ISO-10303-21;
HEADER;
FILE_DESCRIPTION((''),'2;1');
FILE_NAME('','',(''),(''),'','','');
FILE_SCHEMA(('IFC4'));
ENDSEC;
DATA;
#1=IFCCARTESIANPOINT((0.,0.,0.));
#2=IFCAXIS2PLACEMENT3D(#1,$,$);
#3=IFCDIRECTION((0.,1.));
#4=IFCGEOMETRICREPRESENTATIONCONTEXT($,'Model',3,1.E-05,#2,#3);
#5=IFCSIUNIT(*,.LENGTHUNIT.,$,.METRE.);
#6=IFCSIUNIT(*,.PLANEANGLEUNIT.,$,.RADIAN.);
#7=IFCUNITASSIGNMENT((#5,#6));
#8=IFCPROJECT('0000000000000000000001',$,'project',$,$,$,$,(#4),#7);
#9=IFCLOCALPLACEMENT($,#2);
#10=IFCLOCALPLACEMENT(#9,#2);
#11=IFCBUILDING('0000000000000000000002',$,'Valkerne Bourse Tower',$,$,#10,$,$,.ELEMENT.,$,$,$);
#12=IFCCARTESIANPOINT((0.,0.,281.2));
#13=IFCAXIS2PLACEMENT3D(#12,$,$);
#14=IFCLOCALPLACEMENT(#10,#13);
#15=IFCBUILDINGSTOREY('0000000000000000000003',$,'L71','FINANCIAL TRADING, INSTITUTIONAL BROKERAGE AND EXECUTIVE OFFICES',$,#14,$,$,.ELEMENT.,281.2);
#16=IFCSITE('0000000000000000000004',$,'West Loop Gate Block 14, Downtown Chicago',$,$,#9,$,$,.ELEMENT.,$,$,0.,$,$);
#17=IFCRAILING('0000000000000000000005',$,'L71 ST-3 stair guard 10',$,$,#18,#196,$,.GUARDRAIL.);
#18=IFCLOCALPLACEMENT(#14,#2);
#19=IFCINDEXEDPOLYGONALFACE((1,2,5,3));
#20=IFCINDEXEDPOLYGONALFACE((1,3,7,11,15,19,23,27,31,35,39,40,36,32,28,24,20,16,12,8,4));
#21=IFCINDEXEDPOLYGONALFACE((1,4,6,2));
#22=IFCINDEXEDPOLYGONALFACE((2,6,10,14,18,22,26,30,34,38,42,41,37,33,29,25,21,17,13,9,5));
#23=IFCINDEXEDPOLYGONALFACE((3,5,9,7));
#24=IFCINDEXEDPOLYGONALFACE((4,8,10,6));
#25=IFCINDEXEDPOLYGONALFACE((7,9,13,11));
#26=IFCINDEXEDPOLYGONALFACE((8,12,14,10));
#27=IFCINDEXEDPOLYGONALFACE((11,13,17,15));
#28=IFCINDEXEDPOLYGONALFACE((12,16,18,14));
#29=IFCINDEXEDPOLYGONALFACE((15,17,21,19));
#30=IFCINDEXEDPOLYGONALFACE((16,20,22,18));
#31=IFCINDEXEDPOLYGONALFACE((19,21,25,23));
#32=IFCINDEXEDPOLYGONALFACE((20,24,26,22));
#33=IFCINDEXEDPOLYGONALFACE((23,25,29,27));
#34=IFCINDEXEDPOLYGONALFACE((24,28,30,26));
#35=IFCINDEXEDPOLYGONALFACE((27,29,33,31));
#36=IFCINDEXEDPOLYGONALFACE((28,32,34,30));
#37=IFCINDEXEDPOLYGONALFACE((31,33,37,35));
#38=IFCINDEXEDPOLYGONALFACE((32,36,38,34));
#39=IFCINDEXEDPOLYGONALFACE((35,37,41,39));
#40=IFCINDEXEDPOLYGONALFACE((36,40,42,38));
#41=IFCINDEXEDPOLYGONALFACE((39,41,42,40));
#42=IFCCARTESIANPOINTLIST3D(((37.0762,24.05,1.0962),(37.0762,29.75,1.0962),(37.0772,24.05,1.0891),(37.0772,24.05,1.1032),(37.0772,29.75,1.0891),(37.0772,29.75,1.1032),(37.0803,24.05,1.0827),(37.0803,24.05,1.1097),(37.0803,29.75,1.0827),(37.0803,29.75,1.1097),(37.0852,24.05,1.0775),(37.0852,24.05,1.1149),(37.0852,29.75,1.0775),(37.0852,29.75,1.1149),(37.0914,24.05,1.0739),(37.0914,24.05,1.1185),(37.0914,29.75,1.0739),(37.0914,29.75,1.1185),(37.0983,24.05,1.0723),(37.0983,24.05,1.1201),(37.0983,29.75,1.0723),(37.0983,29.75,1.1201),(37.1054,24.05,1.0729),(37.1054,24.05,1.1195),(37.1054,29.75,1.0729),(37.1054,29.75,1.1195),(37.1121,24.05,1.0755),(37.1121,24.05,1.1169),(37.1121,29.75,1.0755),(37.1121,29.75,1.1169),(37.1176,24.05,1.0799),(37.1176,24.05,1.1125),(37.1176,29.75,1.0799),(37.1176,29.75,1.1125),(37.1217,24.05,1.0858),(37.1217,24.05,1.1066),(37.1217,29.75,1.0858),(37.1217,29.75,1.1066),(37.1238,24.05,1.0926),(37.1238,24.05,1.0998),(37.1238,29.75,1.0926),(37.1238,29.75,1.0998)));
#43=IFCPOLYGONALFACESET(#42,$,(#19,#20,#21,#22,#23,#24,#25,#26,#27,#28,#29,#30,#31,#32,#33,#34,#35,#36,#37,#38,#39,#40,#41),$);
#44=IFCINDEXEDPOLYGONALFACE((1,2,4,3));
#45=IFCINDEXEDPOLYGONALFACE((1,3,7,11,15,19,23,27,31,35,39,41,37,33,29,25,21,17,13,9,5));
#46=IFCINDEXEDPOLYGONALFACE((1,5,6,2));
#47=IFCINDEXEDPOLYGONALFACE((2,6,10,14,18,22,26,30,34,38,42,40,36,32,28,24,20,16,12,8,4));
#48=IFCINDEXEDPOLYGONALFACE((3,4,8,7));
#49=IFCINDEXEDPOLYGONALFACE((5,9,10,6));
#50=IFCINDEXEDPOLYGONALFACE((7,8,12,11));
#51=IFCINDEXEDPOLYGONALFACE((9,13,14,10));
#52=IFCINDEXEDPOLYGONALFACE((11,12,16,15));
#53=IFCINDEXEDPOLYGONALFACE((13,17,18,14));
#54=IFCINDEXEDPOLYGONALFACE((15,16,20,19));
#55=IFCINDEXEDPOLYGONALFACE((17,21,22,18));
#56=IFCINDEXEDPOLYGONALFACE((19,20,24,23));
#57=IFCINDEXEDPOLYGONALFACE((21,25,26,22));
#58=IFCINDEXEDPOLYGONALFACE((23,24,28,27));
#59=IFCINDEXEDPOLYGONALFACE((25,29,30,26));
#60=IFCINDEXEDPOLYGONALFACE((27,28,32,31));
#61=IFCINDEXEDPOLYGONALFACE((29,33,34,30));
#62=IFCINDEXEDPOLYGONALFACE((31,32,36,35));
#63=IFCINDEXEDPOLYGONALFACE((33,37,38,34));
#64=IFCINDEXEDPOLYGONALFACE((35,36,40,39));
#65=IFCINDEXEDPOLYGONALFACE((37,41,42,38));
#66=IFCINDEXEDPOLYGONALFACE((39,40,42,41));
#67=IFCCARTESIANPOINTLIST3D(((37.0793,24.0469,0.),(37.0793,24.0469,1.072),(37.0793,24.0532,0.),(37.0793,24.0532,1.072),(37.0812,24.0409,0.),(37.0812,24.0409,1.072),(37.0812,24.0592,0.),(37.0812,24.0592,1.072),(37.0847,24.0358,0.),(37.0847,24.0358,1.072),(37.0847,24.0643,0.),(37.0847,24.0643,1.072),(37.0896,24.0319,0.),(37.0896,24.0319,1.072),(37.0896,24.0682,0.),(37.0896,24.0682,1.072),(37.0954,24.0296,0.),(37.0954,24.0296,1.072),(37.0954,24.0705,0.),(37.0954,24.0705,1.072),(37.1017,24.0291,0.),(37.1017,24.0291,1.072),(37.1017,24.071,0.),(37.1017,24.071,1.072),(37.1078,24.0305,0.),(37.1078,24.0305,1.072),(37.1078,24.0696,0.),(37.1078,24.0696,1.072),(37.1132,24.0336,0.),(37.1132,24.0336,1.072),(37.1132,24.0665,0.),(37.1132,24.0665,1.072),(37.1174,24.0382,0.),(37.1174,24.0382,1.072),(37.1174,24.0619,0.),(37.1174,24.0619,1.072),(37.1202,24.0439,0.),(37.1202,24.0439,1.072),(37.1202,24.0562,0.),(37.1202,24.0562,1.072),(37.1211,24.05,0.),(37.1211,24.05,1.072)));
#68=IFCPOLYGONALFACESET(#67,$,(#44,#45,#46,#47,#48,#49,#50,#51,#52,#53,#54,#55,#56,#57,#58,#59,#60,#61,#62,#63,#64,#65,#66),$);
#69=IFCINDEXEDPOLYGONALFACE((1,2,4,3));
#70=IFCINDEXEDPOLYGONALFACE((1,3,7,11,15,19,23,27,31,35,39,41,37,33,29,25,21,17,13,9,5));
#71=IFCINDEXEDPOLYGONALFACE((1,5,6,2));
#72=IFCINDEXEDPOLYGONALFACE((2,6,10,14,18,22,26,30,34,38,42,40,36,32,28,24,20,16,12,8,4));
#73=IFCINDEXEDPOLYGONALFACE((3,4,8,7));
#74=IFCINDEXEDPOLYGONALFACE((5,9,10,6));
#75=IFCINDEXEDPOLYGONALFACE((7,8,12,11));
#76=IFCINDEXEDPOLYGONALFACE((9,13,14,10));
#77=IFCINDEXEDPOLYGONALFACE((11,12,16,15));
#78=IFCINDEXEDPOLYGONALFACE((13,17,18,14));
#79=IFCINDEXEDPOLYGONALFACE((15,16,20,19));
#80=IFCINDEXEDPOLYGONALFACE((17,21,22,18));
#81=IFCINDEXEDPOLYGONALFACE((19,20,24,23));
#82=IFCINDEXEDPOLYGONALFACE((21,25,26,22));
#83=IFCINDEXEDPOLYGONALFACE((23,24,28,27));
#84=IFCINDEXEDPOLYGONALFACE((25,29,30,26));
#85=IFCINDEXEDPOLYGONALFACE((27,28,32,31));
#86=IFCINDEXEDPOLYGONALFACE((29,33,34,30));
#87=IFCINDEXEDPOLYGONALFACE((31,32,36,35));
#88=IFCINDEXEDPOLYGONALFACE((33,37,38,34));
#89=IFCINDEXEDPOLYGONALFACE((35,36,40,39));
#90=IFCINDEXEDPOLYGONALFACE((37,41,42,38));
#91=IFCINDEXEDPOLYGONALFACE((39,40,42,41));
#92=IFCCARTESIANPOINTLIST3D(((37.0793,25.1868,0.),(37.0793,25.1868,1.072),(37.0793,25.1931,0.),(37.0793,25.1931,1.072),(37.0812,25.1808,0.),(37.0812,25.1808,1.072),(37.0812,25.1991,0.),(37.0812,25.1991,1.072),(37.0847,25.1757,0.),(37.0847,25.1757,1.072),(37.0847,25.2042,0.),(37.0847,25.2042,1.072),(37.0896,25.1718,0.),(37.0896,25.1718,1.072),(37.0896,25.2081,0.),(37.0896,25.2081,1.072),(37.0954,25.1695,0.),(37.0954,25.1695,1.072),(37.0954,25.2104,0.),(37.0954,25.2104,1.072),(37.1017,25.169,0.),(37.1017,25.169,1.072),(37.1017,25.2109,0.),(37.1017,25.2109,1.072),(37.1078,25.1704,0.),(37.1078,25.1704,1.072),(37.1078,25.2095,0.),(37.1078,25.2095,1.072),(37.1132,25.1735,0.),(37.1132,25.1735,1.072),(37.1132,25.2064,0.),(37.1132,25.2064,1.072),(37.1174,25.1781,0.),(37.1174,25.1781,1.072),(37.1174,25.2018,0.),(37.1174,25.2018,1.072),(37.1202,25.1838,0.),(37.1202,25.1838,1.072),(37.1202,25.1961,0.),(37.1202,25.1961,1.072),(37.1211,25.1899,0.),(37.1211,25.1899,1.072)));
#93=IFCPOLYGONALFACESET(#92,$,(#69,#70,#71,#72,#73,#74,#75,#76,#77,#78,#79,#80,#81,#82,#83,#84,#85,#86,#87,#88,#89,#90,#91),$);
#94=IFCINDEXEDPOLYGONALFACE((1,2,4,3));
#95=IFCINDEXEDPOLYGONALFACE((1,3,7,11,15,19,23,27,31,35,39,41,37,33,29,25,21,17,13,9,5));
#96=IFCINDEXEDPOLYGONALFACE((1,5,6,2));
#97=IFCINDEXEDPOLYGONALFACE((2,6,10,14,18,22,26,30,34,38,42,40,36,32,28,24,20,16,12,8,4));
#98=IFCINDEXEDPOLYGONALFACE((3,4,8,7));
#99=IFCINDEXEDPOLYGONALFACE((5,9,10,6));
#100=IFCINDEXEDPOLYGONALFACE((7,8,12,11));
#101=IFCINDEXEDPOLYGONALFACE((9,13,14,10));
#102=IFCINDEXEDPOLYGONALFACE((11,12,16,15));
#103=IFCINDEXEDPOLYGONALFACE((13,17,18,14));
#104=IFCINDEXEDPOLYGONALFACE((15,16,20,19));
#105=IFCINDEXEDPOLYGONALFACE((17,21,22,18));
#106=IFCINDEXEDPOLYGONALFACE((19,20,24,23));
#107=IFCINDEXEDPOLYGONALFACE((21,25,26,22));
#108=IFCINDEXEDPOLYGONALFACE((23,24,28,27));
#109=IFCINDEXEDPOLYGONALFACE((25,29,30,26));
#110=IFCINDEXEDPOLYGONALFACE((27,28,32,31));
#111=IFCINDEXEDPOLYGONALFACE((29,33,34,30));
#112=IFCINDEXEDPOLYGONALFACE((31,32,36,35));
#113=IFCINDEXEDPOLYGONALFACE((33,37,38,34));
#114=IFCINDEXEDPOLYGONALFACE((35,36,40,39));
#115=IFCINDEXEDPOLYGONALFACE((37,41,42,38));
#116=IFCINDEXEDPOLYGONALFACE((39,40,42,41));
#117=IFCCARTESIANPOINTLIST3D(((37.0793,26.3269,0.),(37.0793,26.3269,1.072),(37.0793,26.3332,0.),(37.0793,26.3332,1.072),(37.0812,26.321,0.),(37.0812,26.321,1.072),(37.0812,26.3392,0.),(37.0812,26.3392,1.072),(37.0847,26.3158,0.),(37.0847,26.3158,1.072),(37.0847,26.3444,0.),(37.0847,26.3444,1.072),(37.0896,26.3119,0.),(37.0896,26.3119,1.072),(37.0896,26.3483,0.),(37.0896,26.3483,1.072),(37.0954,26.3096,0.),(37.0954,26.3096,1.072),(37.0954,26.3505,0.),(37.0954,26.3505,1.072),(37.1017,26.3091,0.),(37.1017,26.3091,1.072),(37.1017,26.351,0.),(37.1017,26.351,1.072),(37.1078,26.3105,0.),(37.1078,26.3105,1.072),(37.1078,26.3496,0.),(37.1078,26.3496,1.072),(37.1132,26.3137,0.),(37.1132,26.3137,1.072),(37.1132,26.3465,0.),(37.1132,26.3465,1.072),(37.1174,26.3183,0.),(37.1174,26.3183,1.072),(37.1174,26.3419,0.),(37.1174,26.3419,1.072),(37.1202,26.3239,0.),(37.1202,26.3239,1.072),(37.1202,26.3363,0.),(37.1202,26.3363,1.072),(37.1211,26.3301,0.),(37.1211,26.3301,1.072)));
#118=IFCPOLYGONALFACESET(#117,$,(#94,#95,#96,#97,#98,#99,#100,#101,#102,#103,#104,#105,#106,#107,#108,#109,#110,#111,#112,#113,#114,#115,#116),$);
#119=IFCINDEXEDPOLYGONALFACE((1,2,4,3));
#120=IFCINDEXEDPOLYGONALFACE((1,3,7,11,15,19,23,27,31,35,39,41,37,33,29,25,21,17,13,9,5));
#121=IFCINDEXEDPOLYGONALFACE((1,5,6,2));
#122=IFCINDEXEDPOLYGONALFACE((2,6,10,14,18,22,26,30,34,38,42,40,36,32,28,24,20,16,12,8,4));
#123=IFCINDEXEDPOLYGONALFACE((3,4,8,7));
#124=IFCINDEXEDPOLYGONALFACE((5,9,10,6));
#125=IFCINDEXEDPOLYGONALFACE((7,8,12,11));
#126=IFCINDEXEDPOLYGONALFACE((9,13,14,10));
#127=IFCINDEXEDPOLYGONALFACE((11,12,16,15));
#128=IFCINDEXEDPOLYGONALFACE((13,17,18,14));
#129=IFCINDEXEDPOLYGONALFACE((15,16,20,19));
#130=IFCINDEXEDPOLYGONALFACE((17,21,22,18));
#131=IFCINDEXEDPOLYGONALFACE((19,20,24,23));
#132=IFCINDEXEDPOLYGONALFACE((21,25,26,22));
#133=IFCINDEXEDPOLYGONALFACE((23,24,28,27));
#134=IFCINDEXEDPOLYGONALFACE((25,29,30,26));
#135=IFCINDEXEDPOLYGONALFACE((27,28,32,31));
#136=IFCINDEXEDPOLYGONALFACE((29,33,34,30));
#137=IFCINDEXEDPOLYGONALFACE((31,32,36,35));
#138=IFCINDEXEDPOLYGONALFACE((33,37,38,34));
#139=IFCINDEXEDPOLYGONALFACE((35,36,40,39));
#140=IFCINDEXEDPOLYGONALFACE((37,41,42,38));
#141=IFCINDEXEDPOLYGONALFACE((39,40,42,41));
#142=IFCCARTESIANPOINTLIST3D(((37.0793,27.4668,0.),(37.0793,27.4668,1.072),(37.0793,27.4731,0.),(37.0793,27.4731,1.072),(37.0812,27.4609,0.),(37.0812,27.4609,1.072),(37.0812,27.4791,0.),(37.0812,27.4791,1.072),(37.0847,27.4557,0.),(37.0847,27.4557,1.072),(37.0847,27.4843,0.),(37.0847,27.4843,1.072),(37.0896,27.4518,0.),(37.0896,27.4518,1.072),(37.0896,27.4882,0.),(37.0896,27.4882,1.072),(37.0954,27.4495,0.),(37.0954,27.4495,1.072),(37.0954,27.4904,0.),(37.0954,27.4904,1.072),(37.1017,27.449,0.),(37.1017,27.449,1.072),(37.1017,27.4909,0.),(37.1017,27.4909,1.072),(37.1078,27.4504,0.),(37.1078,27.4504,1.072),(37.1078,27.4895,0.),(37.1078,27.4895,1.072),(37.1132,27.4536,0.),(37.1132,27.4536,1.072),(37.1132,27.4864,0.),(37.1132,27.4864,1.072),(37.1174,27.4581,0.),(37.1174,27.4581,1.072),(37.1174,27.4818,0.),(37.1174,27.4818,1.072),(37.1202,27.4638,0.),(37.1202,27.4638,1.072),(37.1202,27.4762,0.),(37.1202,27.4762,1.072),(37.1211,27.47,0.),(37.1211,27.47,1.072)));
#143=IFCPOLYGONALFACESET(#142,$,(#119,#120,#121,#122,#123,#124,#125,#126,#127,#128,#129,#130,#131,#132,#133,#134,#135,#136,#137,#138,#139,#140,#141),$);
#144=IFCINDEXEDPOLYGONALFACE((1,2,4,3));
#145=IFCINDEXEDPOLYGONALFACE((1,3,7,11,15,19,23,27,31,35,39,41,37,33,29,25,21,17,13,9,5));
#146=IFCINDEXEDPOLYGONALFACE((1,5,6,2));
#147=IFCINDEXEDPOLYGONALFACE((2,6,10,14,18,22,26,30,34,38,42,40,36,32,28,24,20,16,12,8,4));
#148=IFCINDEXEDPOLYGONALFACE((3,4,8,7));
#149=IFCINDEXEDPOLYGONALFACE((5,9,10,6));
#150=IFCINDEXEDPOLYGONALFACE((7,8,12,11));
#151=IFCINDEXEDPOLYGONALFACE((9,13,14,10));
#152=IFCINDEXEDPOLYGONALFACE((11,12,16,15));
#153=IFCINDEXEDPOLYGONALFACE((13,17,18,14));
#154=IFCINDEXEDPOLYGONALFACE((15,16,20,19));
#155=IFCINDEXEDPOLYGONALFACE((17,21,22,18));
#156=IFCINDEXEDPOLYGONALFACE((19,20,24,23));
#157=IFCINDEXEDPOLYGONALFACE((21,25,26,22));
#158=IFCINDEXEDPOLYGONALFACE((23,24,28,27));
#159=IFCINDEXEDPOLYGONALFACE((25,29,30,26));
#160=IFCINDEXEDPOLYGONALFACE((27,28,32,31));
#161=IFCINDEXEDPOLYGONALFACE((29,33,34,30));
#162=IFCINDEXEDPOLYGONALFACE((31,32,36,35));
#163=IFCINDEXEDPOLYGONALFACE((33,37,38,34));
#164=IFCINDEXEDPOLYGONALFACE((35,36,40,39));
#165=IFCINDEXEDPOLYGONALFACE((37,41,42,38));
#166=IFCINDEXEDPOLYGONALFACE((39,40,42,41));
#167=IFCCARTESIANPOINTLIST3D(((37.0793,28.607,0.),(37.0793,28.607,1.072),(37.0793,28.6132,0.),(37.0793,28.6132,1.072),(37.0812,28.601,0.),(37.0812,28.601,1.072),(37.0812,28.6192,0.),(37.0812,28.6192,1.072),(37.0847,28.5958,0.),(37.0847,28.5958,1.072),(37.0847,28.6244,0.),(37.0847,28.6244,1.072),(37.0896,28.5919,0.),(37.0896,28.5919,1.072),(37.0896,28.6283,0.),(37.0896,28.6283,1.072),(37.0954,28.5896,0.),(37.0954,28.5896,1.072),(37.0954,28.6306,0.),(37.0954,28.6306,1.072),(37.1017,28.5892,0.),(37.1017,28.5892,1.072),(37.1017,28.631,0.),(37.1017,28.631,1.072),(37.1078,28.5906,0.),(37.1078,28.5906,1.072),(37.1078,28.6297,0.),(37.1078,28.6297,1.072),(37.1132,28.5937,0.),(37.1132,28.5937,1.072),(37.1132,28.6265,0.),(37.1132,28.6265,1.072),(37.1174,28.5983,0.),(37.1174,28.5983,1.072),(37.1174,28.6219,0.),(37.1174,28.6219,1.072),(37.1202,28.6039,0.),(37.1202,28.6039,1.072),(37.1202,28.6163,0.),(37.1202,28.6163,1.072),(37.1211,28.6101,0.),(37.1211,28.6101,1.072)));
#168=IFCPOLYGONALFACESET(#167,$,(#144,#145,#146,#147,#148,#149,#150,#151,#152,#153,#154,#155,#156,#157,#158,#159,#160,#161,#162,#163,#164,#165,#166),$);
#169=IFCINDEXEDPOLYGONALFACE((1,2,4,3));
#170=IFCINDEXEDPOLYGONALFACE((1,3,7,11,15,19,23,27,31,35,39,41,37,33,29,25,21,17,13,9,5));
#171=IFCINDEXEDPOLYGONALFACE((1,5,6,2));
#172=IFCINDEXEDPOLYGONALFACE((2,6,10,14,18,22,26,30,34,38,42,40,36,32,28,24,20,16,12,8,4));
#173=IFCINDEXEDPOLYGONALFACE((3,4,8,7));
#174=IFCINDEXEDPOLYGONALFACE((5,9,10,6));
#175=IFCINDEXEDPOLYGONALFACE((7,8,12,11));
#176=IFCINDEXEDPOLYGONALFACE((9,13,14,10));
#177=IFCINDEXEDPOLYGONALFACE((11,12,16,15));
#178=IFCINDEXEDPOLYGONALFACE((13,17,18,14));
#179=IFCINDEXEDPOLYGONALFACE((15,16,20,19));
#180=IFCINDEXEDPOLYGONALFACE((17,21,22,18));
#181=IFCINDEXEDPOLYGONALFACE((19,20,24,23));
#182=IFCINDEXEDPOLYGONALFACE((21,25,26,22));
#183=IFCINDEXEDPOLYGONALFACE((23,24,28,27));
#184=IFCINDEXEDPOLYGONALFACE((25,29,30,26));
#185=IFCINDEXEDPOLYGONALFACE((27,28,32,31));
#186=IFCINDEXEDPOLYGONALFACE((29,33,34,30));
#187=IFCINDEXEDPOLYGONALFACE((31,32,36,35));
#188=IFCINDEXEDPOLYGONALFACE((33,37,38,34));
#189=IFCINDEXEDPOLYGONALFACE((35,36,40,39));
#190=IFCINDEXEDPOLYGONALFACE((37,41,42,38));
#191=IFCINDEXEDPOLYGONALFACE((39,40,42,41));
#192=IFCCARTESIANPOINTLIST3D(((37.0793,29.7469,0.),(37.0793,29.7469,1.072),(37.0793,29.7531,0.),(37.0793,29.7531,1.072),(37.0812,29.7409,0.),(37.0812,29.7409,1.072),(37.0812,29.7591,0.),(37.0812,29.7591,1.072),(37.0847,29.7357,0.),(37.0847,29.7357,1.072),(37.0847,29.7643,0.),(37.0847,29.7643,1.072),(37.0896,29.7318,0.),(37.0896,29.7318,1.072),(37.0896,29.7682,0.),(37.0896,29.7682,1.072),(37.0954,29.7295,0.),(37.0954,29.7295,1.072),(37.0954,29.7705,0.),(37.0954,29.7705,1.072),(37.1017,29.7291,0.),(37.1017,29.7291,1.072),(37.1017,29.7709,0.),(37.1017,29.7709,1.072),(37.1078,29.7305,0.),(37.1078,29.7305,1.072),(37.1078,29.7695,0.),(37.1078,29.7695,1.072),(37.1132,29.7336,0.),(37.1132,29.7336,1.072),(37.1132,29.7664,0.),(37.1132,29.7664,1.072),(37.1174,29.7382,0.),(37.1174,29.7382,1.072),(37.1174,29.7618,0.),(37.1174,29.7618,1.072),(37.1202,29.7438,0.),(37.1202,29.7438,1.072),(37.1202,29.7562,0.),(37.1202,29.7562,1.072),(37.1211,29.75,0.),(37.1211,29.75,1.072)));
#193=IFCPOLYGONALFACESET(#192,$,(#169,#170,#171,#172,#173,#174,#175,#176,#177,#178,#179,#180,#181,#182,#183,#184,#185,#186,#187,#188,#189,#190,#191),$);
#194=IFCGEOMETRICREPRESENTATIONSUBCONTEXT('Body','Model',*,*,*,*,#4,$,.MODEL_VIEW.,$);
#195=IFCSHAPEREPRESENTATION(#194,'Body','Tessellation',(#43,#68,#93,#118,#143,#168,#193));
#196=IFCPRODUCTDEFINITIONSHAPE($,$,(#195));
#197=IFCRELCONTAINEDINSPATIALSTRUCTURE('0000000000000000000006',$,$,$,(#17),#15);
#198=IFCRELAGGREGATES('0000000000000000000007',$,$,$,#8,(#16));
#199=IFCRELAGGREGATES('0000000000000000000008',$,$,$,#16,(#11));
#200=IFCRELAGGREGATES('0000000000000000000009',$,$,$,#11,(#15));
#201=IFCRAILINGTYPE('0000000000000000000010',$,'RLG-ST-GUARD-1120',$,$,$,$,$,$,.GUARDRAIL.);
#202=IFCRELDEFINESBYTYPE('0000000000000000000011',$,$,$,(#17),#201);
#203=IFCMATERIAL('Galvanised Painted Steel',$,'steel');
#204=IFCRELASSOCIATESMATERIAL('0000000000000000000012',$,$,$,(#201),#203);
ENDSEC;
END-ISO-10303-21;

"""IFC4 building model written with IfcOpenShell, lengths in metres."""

from ifc_helpers import new_model, si_unit, direction, frame, origin, origin_2d, place, context, subcontext, project, spatial, circle, extrude, material, type_object, element, save


model = new_model("IFC4")

# Units and contexts
model_context = context("Model", 3, precision=1e-05, world=origin(), true_north=direction((0.0, 1.0)))
body_context = subcontext(model_context, "Body", "Model", "MODEL_VIEW")
ifc_project = project(units=[si_unit("LENGTHUNIT", "METRE"), si_unit("PLANEANGLEUNIT", "RADIAN")], contexts=[model_context])

# Site, building, storey
site_placement = place(None, origin())
site = spatial("IfcSite", under=ifc_project, at=site_placement, Name="West Loop Gate Block 14, Downtown Chicago", CompositionType="ELEMENT", RefElevation=0.0)
building_placement = place(site_placement, origin())
building = spatial("IfcBuilding", under=site, at=building_placement, Name="Valkerne Bourse Tower", CompositionType="ELEMENT")
storey_placement = place(building_placement, frame((0.0, 0.0, 281.2)))
storey = spatial("IfcBuildingStorey", under=building, at=storey_placement, Name="L71", Description="FINANCIAL TRADING, INSTITUTIONAL BROKERAGE AND EXECUTIVE OFFICES", CompositionType="ELEMENT", Elevation=281.2)

# Railing
ifc_material_1 = material(Name="Galvanised Painted Steel", Category="steel")
railing_type_1 = type_object("IfcRailingType", Name="RLG-ST-GUARD-1120", PredefinedType="GUARDRAIL", material=ifc_material_1)
railing_1_placement = place(storey_placement, frame((37.1001, 24.05, 0.0)))
element("IfcRailing", 1, at=railing_1_placement, inside=storey, type_object=railing_type_1, Name="L71 ST-3 stair guard 10", PredefinedType="GUARDRAIL", context=body_context, shape_type="SweptSolid", body=[
    extrude(circle(Radius=0.0239, at=origin_2d()), frame((0.0, 0.0, 1.0962), z_axis=(0.0, 1.0, 0.0), x_axis=(-1.0, 0.0, 0.0)), (0.0, 0.0, 1.0), 5.7),
    extrude(circle(Radius=0.021, at=origin_2d()), origin(), (0.0, 0.0, 1.0), 1.072),
    extrude(circle(Radius=0.021, at=origin_2d()), frame((0.0, 1.1399, 0.0)), (0.0, 0.0, 1.0), 1.072),
    extrude(circle(Radius=0.021, at=origin_2d()), frame((0.0, 2.28, 0.0)), (0.0, 0.0, 1.0), 1.072),
    extrude(circle(Radius=0.021, at=origin_2d()), frame((0.0, 3.4199, 0.0)), (0.0, 0.0, 1.0), 1.072),
    extrude(circle(Radius=0.021, at=origin_2d()), frame((0.0, 4.5601, 0.0)), (0.0, 0.0, 1.0), 1.072),
    extrude(circle(Radius=0.021, at=origin_2d()), frame((0.0, 5.7, 0.0)), (0.0, 0.0, 1.0), 1.072),
])

save(model, "model.ifc")
